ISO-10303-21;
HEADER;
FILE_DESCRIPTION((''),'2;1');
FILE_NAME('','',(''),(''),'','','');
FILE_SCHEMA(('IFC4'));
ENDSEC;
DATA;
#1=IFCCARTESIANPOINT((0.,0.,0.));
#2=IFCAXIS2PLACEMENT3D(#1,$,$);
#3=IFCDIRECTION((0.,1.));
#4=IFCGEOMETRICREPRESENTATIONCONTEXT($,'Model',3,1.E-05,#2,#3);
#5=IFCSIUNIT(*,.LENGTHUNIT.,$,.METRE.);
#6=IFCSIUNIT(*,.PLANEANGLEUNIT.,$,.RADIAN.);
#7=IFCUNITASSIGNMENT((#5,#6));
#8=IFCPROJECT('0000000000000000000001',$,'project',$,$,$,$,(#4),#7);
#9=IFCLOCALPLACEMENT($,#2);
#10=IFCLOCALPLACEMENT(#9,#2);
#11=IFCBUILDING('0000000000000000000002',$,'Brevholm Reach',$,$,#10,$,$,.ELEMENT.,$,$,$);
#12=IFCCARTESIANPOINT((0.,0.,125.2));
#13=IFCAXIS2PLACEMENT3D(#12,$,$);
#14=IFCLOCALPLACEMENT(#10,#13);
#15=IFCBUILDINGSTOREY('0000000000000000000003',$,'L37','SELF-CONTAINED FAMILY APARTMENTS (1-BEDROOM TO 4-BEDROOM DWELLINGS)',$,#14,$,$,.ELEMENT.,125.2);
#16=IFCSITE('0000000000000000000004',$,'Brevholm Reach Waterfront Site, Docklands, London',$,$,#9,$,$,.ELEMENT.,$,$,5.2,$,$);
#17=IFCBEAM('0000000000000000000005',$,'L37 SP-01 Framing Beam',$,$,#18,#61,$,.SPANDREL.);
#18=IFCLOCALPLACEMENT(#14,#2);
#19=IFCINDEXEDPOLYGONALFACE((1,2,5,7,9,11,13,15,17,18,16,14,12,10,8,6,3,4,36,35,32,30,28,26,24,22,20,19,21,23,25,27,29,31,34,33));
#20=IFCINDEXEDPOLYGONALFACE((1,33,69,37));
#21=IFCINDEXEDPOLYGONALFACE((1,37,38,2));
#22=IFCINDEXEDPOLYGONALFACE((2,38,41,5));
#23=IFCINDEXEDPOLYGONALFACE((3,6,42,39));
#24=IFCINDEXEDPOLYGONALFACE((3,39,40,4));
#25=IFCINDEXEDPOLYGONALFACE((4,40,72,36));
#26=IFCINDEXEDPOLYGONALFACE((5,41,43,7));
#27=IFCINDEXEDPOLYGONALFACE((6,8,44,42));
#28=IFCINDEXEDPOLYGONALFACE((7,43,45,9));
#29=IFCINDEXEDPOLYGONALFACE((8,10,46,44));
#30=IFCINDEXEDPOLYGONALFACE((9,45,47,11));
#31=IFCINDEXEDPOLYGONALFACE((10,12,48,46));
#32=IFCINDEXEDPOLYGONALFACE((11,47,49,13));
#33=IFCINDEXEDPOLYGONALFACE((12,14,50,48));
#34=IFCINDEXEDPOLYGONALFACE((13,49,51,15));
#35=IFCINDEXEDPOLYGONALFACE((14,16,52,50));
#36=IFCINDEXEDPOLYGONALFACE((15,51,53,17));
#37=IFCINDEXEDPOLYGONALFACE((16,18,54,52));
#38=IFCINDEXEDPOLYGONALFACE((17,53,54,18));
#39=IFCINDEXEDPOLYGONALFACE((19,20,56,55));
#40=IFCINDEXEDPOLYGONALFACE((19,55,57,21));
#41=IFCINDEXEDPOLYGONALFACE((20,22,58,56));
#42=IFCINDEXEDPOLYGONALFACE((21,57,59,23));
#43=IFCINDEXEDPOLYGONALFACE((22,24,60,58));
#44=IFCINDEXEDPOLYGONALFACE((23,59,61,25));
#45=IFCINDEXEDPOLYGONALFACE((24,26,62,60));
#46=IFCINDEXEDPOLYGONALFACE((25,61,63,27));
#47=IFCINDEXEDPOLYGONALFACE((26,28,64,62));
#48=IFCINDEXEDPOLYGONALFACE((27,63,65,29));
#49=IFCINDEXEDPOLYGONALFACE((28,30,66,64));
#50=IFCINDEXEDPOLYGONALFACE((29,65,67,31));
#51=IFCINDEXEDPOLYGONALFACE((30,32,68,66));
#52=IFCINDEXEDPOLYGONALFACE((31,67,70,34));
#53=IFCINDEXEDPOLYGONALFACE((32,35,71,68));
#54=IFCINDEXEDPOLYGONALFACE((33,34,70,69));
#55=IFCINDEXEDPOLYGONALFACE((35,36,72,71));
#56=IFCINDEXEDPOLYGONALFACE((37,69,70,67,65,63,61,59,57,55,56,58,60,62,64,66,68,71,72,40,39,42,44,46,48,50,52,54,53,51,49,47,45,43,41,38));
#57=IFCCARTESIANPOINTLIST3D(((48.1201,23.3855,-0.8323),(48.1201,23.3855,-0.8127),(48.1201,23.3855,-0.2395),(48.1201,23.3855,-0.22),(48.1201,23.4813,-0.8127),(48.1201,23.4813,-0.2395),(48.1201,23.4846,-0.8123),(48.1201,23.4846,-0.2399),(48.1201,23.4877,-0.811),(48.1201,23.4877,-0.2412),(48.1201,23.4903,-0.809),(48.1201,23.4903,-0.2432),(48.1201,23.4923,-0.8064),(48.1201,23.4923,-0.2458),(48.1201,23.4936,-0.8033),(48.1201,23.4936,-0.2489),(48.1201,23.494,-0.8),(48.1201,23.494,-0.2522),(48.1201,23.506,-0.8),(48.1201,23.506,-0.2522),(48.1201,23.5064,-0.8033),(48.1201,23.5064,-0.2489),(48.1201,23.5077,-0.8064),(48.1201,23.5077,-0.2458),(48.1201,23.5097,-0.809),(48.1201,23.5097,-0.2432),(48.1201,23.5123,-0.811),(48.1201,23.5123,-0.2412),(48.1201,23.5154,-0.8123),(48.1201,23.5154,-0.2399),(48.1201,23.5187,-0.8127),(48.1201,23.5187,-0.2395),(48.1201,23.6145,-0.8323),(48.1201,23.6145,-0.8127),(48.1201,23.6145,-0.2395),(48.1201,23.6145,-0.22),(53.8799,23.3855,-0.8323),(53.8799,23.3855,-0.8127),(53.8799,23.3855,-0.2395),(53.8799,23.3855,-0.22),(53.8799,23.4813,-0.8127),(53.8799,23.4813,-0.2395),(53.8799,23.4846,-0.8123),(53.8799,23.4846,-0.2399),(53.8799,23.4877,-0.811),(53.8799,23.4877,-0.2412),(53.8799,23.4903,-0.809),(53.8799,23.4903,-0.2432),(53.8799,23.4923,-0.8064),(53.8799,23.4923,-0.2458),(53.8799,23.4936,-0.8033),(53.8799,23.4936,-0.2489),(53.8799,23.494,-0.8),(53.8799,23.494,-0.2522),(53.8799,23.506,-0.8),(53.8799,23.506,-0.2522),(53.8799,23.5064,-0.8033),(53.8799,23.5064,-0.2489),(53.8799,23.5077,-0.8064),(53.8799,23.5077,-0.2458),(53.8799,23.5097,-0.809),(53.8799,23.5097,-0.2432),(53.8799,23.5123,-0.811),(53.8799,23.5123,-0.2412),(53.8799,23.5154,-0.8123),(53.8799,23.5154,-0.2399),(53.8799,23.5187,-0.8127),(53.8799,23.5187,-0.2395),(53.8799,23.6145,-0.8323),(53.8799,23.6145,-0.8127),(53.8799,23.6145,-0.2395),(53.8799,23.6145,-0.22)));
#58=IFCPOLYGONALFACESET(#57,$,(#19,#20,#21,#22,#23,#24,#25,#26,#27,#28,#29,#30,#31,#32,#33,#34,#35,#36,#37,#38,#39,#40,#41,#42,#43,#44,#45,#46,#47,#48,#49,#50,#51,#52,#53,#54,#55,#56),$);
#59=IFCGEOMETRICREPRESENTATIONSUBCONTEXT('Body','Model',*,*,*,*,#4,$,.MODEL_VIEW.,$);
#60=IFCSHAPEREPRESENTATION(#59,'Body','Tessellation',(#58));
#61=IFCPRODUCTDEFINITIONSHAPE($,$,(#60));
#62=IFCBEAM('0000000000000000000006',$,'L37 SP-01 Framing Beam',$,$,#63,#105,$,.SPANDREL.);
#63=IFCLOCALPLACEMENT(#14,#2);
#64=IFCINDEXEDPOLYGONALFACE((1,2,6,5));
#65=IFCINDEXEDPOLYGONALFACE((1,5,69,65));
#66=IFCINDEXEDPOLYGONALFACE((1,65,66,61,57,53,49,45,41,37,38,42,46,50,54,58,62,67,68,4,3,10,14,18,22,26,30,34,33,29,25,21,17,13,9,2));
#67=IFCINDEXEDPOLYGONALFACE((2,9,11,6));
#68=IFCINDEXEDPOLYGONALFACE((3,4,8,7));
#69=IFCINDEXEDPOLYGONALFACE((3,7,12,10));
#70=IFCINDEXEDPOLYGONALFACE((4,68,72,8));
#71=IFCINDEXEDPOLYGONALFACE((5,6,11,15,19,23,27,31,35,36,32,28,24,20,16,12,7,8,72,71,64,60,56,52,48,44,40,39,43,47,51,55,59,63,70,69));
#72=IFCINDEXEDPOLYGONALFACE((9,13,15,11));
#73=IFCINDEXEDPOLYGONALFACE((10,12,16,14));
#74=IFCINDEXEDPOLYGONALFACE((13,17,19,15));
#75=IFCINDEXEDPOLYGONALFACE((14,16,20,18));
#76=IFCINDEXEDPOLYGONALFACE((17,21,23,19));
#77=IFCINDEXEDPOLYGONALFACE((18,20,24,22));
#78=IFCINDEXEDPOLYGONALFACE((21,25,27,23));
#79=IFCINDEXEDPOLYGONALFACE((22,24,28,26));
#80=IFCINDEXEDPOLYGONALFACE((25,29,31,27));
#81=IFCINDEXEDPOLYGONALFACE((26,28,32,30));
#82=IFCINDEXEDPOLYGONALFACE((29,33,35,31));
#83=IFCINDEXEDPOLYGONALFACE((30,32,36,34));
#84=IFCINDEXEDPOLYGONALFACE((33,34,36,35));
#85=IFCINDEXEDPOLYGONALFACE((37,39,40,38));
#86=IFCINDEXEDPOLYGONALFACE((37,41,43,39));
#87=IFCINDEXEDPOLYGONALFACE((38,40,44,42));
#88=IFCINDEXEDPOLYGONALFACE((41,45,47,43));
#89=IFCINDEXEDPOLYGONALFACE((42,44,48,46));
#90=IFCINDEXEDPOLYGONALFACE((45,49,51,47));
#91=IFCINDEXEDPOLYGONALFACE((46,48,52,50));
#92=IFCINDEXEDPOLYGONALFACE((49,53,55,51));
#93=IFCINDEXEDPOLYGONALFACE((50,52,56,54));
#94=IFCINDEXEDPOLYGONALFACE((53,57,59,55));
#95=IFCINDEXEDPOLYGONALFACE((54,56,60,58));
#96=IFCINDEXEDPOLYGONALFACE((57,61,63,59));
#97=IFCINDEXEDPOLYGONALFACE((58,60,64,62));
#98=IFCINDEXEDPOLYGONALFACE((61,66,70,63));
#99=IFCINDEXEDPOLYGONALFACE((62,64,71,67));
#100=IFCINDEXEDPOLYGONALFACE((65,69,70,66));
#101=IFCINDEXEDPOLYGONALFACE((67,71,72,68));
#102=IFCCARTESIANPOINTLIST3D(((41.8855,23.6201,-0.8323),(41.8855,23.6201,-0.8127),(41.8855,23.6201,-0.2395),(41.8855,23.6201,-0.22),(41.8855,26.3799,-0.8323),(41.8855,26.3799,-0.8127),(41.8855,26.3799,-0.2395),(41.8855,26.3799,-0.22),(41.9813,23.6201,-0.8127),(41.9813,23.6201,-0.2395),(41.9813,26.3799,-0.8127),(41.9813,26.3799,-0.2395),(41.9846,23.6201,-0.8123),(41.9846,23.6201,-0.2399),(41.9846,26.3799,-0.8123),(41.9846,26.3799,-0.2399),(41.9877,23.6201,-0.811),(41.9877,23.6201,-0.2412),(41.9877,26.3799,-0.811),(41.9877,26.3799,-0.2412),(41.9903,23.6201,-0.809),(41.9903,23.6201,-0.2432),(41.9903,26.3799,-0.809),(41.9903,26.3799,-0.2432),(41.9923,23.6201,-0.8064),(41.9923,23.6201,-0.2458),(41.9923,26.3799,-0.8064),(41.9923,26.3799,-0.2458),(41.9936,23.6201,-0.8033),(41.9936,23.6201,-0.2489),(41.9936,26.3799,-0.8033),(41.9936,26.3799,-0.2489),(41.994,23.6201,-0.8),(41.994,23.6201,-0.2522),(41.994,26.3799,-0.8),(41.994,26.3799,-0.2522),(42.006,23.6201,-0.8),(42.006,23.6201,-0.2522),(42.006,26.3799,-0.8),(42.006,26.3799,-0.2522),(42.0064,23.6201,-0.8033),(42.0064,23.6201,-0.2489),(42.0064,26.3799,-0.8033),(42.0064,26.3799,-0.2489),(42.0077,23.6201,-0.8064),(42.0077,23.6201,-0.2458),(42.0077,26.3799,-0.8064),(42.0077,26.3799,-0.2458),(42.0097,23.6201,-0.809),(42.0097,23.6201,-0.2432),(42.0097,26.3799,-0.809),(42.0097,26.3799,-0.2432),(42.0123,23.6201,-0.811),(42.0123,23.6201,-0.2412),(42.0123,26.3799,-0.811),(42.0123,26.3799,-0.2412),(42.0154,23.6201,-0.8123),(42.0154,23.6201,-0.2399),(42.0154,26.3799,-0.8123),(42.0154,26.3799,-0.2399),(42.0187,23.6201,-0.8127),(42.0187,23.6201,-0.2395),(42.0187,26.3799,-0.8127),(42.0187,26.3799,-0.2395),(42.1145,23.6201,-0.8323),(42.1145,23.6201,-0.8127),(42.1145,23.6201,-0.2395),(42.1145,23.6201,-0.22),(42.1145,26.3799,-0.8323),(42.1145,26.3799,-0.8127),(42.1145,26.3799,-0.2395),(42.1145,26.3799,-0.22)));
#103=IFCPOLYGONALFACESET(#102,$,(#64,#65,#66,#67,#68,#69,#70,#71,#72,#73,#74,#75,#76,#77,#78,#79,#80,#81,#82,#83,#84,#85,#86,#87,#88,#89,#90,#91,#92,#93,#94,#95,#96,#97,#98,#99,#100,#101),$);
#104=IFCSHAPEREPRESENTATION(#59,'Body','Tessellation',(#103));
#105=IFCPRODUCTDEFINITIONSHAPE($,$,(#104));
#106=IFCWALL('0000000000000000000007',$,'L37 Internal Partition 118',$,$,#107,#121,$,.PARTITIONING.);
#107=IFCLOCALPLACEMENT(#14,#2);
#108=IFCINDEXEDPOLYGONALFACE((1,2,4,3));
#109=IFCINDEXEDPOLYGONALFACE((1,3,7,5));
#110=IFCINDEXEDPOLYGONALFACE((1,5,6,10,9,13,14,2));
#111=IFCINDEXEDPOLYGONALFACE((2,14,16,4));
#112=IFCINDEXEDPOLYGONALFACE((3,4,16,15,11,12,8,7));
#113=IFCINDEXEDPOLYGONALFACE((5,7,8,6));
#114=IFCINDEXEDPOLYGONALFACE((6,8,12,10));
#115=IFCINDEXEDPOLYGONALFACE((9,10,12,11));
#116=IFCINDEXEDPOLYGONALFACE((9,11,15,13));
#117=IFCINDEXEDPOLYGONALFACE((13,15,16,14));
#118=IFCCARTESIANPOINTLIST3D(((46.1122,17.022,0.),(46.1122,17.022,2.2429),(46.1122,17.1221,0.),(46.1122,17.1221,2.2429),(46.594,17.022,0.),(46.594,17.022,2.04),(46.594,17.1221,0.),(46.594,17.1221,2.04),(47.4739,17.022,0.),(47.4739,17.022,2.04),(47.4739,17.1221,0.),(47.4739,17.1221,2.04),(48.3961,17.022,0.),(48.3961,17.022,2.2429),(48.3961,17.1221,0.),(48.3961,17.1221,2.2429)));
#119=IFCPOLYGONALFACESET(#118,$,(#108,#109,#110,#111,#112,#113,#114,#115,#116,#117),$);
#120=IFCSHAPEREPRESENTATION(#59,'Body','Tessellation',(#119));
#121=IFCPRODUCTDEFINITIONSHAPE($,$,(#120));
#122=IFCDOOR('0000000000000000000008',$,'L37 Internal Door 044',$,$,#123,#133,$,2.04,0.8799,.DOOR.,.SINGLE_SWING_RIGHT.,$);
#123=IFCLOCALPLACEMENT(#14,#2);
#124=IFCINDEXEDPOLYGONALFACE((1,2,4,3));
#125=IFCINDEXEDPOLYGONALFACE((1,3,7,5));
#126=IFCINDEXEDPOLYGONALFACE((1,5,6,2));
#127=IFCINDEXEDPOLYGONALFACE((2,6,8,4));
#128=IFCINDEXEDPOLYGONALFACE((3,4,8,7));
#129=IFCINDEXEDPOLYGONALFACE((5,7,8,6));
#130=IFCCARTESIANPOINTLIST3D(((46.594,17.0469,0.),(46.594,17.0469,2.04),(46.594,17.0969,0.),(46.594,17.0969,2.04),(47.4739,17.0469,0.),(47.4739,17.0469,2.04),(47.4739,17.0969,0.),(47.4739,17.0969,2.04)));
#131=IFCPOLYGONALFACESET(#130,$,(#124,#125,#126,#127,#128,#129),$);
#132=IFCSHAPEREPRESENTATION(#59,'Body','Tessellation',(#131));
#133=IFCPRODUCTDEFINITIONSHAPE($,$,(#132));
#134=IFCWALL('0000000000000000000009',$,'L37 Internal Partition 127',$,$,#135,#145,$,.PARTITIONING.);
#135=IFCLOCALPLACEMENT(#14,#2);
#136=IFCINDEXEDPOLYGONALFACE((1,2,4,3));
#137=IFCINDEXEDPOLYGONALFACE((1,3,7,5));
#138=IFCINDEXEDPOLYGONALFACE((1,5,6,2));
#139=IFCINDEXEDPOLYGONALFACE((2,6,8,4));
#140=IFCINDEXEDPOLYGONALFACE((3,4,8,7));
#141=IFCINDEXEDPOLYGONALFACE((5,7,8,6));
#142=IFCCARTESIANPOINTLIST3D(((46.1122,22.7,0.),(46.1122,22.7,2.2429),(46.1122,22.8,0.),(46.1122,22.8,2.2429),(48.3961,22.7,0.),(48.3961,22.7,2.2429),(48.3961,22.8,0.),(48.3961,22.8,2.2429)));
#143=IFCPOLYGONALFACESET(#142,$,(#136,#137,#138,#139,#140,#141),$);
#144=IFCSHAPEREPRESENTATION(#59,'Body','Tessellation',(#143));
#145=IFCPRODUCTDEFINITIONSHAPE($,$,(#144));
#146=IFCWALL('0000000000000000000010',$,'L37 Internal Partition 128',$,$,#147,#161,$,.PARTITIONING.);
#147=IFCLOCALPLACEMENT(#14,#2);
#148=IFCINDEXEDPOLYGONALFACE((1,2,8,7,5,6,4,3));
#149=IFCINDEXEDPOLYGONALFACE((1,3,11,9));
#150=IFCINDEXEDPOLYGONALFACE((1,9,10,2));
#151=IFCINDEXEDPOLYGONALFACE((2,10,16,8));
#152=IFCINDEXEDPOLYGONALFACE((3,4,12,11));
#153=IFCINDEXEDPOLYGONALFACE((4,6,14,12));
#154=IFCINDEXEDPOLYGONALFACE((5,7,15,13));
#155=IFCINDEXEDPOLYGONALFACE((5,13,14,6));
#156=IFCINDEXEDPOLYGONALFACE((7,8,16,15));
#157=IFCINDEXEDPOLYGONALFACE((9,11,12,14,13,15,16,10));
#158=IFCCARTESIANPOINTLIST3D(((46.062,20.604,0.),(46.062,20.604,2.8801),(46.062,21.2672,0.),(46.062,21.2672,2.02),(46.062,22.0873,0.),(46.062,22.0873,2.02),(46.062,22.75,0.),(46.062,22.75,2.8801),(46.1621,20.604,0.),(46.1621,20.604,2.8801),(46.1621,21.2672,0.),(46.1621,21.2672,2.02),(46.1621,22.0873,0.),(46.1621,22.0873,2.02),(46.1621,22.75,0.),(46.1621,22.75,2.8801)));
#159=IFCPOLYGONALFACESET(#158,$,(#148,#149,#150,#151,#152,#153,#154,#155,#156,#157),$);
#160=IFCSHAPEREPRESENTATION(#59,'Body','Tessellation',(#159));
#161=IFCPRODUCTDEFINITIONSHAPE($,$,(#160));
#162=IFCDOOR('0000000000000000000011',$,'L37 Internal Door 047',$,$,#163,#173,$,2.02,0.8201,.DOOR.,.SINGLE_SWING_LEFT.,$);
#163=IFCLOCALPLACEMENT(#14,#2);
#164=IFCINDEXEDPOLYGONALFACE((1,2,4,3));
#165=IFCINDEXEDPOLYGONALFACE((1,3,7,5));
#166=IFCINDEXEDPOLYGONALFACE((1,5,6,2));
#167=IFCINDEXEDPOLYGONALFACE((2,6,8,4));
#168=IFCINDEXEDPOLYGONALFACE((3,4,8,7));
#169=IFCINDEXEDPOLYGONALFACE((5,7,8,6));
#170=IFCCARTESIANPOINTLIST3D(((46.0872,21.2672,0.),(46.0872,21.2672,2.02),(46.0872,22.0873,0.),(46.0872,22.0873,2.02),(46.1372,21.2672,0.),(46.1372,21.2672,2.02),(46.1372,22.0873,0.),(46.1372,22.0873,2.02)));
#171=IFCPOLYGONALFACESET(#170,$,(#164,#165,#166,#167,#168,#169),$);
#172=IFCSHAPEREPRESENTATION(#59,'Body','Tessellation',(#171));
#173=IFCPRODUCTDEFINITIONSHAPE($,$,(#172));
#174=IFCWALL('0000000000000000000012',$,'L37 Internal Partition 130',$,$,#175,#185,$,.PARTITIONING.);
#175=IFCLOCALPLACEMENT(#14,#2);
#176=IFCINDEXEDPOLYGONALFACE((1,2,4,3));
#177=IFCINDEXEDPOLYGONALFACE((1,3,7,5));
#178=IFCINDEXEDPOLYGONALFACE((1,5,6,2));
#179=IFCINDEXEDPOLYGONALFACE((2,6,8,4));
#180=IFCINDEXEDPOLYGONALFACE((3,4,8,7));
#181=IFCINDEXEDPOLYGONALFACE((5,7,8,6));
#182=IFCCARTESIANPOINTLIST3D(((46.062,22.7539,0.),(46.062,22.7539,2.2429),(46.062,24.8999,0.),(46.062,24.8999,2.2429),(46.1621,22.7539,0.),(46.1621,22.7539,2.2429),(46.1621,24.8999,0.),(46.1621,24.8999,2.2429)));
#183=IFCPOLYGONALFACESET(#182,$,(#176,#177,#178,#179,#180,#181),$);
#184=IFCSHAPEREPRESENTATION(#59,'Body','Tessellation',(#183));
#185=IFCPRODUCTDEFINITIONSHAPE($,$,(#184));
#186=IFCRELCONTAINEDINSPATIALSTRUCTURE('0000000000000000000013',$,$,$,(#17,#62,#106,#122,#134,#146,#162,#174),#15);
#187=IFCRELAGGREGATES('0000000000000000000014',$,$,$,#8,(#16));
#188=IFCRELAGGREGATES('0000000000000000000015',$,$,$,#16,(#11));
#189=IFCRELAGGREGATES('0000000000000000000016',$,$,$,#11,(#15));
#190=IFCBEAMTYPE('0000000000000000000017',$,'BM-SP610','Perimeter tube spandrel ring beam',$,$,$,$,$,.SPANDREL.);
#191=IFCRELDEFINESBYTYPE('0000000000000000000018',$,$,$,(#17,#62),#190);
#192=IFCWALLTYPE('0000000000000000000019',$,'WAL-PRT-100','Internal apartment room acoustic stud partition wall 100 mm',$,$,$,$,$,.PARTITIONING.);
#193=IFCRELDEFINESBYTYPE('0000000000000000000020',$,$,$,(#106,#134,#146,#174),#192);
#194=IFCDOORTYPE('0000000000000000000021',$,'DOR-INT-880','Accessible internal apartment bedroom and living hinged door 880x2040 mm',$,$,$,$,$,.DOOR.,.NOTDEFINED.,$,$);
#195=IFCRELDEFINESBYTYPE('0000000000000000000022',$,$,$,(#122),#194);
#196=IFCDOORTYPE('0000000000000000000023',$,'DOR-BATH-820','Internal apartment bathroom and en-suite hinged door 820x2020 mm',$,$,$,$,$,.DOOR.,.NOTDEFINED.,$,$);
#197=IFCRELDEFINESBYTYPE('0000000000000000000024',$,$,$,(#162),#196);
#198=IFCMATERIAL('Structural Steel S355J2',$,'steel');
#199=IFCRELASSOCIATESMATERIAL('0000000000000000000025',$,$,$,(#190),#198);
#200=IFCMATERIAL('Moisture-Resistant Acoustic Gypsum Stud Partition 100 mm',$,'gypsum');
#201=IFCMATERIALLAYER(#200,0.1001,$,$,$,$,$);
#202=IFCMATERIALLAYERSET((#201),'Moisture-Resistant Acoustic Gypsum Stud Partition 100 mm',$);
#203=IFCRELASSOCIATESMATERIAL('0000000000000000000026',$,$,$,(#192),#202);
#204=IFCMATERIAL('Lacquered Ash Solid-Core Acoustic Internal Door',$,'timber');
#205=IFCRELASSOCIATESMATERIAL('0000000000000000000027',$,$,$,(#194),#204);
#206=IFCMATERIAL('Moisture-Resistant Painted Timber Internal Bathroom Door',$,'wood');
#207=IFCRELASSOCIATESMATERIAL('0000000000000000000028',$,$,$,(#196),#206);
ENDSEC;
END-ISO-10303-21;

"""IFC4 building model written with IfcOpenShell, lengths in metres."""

from ifc_helpers import new_model, si_unit, direction, frame, frame_2d, origin, origin_2d, place, context, subcontext, project, spatial, rectangle, i_section, extrude, material, layer, layer_set, material_profile, profile_set, type_object, element, fill, save


model = new_model("IFC4")

# Units and contexts
model_context = context("Model", 3, precision=1e-05, world=origin(), true_north=direction((0.0, 1.0)))
body_context = subcontext(model_context, "Body", "Model", "MODEL_VIEW")
ifc_project = project(units=[si_unit("LENGTHUNIT", "METRE"), si_unit("PLANEANGLEUNIT", "RADIAN")], contexts=[model_context])

# Site, building, storey
site_placement = place(None, origin())
site = spatial("IfcSite", under=ifc_project, at=site_placement, Name="Brevholm Reach Waterfront Site, Docklands, London", CompositionType="ELEMENT", RefElevation=5.2)
building_placement = place(site_placement, origin())
building = spatial("IfcBuilding", under=site, at=building_placement, Name="Brevholm Reach", CompositionType="ELEMENT")
storey_placement = place(building_placement, frame((0.0, 0.0, 125.2)))
storey = spatial("IfcBuildingStorey", under=building, at=storey_placement, Name="L37", Description="SELF-CONTAINED FAMILY APARTMENTS (1-BEDROOM TO 4-BEDROOM DWELLINGS)", CompositionType="ELEMENT", Elevation=125.2)

# Beams
ifc_material_1 = material(Name="Structural Steel S355J2", Category="steel")
ifc_material_profile_1 = material_profile(ifc_material_1, i_section(OverallWidth=0.229, OverallDepth=0.6123, WebThickness=0.012, FlangeThickness=0.0195, FilletRadius=0.0127, at=origin_2d()), Name="UKB 610x229x125")
ifc_profile_set_1 = profile_set([ifc_material_profile_1], Name="Structural Steel S355J2")
beam_type_1 = type_object("IfcBeamType", Name="BM-SP610", Description="Perimeter tube spandrel ring beam", PredefinedType="SPANDREL", material=ifc_profile_set_1)
for number, where, z_axis, x_axis, name in (
    (1, (48.1201, 23.5, -0.5261), (1.0, 0.0, 0.0), (0.0, 1.0, 0.0), "L37 SP-01 Framing Beam"),
):
    element("IfcBeam", number, at=place(storey_placement, frame(where, z_axis=z_axis, x_axis=x_axis)), inside=storey, type_object=beam_type_1, Name=name, PredefinedType="SPANDREL", context=body_context, shape_type="SweptSolid", body=[
        extrude(i_section(OverallWidth=0.229, OverallDepth=0.6123, WebThickness=0.012, FlangeThickness=0.0195, FilletRadius=0.0127, at=origin_2d()), origin(), (0.0, 0.0, 1.0), 5.7598),
    ])
beam_placement = place(storey_placement, frame((42.0, 23.6201, -0.5261), z_axis=(0.0, 1.0, 0.0), x_axis=(-1.0, 0.0, 0.0)))
element("IfcBeam", 2, at=beam_placement, inside=storey, type_object=beam_type_1, Name="L37 SP-01 Framing Beam", PredefinedType="SPANDREL", context=body_context, shape_type="SweptSolid", body=[
    extrude(i_section(OverallWidth=0.229, OverallDepth=0.6123, WebThickness=0.012, FlangeThickness=0.0195, FilletRadius=0.0127, at=origin_2d()), origin(), (0.0, 0.0, 1.0), 2.7598),
])

# Wall, opening, door
ifc_material_2 = material(Name="Moisture-Resistant Acoustic Gypsum Stud Partition 100 mm", Category="gypsum")
ifc_layer_1 = layer(ifc_material_2, 0.1001)
ifc_layer_set_1 = layer_set([ifc_layer_1], Name="Moisture-Resistant Acoustic Gypsum Stud Partition 100 mm")
wall_type_1 = type_object("IfcWallType", Name="WAL-PRT-100", Description="Internal apartment room acoustic stud partition wall 100 mm", PredefinedType="PARTITIONING", material=ifc_layer_set_1)
wall_1_placement = place(storey_placement, frame((46.1121, 17.072, 0.0), z_axis=(0.0, 0.0, 1.0), x_axis=(1.0, 0.0, 0.0)))
wall_1 = element("IfcWall", 3, at=wall_1_placement, inside=storey, type_object=wall_type_1, Name="L37 Internal Partition 118", PredefinedType="PARTITIONING", context=body_context, shape_type="SweptSolid", body=[
    extrude(rectangle(XDim=2.2839, YDim=0.1001, at=frame_2d((1.1421, 0.0))), origin(), (0.0, 0.0, 1.0), 2.2429),
])
opening_1_placement = place(wall_1_placement, frame((0.4819, 0.0, 0.0)))
opening_1 = element("IfcOpeningElement", 4, at=opening_1_placement, cuts=wall_1, PredefinedType="OPENING", context=body_context, shape_type="SweptSolid", body=[
    extrude(rectangle(XDim=0.8799, YDim=2.04, at=frame_2d((0.4399, 1.02))), frame((0.0, 0.0601, 0.0), z_axis=(0.0, -1.0, 0.0), x_axis=(1.0, 0.0, 0.0)), (0.0, 0.0, 1.0), 0.1201),
])
ifc_material_3 = material(Name="Lacquered Ash Solid-Core Acoustic Internal Door", Category="timber")
door_type_1 = type_object("IfcDoorType", Name="DOR-INT-880", Description="Accessible internal apartment bedroom and living hinged door 880x2040 mm", OperationType="NOTDEFINED", PredefinedType="DOOR", material=ifc_material_3)
door_1_placement = place(opening_1_placement, origin())
door_1 = element("IfcDoor", 5, at=door_1_placement, inside=storey, type_object=door_type_1, Name="L37 Internal Door 044", OperationType="SINGLE_SWING_RIGHT", OverallHeight=2.04, OverallWidth=0.8799, PredefinedType="DOOR", context=body_context, shape_type="SweptSolid", body=[
    extrude(rectangle(XDim=0.8799, YDim=2.04, at=frame_2d((0.4399, 1.02))), frame((0.0, 0.0249, 0.0), z_axis=(0.0, -1.0, 0.0), x_axis=(1.0, 0.0, 0.0)), (0.0, 0.0, 1.0), 0.05),
])
fill(opening_1, door_1)

# Wall
wall_2_placement = place(storey_placement, frame((46.1121, 22.75, 0.0), z_axis=(0.0, 0.0, 1.0), x_axis=(1.0, 0.0, 0.0)))
element("IfcWall", 6, at=wall_2_placement, inside=storey, type_object=wall_type_1, Name="L37 Internal Partition 127", PredefinedType="PARTITIONING", context=body_context, shape_type="SweptSolid", body=[
    extrude(rectangle(XDim=2.2839, YDim=0.1001, at=frame_2d((1.1421, 0.0))), origin(), (0.0, 0.0, 1.0), 2.2429),
])

# Wall, opening, door
wall_3_placement = place(storey_placement, frame((46.1121, 20.604, 0.0), z_axis=(0.0, 0.0, 1.0), x_axis=(0.0, 1.0, 0.0)))
wall_3 = element("IfcWall", 7, at=wall_3_placement, inside=storey, type_object=wall_type_1, Name="L37 Internal Partition 128", PredefinedType="PARTITIONING", context=body_context, shape_type="SweptSolid", body=[
    extrude(rectangle(XDim=2.146, YDim=0.1001, at=frame_2d((1.073, 0.0))), origin(), (0.0, 0.0, 1.0), 2.8801),
])
opening_2_placement = place(wall_3_placement, frame((0.6631, 0.0, 0.0)))
opening_2 = element("IfcOpeningElement", 8, at=opening_2_placement, cuts=wall_3, PredefinedType="OPENING", context=body_context, shape_type="SweptSolid", body=[
    extrude(rectangle(XDim=0.8201, YDim=2.02, at=frame_2d((0.4102, 1.01))), frame((0.0, 0.0601, 0.0), z_axis=(0.0, -1.0, 0.0), x_axis=(1.0, 0.0, 0.0)), (0.0, 0.0, 1.0), 0.1201),
])
ifc_material_4 = material(Name="Moisture-Resistant Painted Timber Internal Bathroom Door", Category="wood")
door_type_2 = type_object("IfcDoorType", Name="DOR-BATH-820", Description="Internal apartment bathroom and en-suite hinged door 820x2020 mm", OperationType="NOTDEFINED", PredefinedType="DOOR", material=ifc_material_4)
door_2_placement = place(opening_2_placement, origin())
door_2 = element("IfcDoor", 9, at=door_2_placement, inside=storey, type_object=door_type_2, Name="L37 Internal Door 047", OperationType="SINGLE_SWING_LEFT", OverallHeight=2.02, OverallWidth=0.8201, PredefinedType="DOOR", context=body_context, shape_type="SweptSolid", body=[
    extrude(rectangle(XDim=0.8201, YDim=2.02, at=frame_2d((0.4102, 1.01))), frame((0.0, 0.0249, 0.0), z_axis=(0.0, -1.0, 0.0), x_axis=(1.0, 0.0, 0.0)), (0.0, 0.0, 1.0), 0.05),
])
fill(opening_2, door_2)

# Wall
wall_4_placement = place(storey_placement, frame((46.1121, 22.7539, 0.0), z_axis=(0.0, 0.0, 1.0), x_axis=(0.0, 1.0, 0.0)))
element("IfcWall", 10, at=wall_4_placement, inside=storey, type_object=wall_type_1, Name="L37 Internal Partition 130", PredefinedType="PARTITIONING", context=body_context, shape_type="SweptSolid", body=[
    extrude(rectangle(XDim=2.146, YDim=0.1001, at=frame_2d((1.073, 0.0))), origin(), (0.0, 0.0, 1.0), 2.2429),
])

save(model, "model.ifc")
